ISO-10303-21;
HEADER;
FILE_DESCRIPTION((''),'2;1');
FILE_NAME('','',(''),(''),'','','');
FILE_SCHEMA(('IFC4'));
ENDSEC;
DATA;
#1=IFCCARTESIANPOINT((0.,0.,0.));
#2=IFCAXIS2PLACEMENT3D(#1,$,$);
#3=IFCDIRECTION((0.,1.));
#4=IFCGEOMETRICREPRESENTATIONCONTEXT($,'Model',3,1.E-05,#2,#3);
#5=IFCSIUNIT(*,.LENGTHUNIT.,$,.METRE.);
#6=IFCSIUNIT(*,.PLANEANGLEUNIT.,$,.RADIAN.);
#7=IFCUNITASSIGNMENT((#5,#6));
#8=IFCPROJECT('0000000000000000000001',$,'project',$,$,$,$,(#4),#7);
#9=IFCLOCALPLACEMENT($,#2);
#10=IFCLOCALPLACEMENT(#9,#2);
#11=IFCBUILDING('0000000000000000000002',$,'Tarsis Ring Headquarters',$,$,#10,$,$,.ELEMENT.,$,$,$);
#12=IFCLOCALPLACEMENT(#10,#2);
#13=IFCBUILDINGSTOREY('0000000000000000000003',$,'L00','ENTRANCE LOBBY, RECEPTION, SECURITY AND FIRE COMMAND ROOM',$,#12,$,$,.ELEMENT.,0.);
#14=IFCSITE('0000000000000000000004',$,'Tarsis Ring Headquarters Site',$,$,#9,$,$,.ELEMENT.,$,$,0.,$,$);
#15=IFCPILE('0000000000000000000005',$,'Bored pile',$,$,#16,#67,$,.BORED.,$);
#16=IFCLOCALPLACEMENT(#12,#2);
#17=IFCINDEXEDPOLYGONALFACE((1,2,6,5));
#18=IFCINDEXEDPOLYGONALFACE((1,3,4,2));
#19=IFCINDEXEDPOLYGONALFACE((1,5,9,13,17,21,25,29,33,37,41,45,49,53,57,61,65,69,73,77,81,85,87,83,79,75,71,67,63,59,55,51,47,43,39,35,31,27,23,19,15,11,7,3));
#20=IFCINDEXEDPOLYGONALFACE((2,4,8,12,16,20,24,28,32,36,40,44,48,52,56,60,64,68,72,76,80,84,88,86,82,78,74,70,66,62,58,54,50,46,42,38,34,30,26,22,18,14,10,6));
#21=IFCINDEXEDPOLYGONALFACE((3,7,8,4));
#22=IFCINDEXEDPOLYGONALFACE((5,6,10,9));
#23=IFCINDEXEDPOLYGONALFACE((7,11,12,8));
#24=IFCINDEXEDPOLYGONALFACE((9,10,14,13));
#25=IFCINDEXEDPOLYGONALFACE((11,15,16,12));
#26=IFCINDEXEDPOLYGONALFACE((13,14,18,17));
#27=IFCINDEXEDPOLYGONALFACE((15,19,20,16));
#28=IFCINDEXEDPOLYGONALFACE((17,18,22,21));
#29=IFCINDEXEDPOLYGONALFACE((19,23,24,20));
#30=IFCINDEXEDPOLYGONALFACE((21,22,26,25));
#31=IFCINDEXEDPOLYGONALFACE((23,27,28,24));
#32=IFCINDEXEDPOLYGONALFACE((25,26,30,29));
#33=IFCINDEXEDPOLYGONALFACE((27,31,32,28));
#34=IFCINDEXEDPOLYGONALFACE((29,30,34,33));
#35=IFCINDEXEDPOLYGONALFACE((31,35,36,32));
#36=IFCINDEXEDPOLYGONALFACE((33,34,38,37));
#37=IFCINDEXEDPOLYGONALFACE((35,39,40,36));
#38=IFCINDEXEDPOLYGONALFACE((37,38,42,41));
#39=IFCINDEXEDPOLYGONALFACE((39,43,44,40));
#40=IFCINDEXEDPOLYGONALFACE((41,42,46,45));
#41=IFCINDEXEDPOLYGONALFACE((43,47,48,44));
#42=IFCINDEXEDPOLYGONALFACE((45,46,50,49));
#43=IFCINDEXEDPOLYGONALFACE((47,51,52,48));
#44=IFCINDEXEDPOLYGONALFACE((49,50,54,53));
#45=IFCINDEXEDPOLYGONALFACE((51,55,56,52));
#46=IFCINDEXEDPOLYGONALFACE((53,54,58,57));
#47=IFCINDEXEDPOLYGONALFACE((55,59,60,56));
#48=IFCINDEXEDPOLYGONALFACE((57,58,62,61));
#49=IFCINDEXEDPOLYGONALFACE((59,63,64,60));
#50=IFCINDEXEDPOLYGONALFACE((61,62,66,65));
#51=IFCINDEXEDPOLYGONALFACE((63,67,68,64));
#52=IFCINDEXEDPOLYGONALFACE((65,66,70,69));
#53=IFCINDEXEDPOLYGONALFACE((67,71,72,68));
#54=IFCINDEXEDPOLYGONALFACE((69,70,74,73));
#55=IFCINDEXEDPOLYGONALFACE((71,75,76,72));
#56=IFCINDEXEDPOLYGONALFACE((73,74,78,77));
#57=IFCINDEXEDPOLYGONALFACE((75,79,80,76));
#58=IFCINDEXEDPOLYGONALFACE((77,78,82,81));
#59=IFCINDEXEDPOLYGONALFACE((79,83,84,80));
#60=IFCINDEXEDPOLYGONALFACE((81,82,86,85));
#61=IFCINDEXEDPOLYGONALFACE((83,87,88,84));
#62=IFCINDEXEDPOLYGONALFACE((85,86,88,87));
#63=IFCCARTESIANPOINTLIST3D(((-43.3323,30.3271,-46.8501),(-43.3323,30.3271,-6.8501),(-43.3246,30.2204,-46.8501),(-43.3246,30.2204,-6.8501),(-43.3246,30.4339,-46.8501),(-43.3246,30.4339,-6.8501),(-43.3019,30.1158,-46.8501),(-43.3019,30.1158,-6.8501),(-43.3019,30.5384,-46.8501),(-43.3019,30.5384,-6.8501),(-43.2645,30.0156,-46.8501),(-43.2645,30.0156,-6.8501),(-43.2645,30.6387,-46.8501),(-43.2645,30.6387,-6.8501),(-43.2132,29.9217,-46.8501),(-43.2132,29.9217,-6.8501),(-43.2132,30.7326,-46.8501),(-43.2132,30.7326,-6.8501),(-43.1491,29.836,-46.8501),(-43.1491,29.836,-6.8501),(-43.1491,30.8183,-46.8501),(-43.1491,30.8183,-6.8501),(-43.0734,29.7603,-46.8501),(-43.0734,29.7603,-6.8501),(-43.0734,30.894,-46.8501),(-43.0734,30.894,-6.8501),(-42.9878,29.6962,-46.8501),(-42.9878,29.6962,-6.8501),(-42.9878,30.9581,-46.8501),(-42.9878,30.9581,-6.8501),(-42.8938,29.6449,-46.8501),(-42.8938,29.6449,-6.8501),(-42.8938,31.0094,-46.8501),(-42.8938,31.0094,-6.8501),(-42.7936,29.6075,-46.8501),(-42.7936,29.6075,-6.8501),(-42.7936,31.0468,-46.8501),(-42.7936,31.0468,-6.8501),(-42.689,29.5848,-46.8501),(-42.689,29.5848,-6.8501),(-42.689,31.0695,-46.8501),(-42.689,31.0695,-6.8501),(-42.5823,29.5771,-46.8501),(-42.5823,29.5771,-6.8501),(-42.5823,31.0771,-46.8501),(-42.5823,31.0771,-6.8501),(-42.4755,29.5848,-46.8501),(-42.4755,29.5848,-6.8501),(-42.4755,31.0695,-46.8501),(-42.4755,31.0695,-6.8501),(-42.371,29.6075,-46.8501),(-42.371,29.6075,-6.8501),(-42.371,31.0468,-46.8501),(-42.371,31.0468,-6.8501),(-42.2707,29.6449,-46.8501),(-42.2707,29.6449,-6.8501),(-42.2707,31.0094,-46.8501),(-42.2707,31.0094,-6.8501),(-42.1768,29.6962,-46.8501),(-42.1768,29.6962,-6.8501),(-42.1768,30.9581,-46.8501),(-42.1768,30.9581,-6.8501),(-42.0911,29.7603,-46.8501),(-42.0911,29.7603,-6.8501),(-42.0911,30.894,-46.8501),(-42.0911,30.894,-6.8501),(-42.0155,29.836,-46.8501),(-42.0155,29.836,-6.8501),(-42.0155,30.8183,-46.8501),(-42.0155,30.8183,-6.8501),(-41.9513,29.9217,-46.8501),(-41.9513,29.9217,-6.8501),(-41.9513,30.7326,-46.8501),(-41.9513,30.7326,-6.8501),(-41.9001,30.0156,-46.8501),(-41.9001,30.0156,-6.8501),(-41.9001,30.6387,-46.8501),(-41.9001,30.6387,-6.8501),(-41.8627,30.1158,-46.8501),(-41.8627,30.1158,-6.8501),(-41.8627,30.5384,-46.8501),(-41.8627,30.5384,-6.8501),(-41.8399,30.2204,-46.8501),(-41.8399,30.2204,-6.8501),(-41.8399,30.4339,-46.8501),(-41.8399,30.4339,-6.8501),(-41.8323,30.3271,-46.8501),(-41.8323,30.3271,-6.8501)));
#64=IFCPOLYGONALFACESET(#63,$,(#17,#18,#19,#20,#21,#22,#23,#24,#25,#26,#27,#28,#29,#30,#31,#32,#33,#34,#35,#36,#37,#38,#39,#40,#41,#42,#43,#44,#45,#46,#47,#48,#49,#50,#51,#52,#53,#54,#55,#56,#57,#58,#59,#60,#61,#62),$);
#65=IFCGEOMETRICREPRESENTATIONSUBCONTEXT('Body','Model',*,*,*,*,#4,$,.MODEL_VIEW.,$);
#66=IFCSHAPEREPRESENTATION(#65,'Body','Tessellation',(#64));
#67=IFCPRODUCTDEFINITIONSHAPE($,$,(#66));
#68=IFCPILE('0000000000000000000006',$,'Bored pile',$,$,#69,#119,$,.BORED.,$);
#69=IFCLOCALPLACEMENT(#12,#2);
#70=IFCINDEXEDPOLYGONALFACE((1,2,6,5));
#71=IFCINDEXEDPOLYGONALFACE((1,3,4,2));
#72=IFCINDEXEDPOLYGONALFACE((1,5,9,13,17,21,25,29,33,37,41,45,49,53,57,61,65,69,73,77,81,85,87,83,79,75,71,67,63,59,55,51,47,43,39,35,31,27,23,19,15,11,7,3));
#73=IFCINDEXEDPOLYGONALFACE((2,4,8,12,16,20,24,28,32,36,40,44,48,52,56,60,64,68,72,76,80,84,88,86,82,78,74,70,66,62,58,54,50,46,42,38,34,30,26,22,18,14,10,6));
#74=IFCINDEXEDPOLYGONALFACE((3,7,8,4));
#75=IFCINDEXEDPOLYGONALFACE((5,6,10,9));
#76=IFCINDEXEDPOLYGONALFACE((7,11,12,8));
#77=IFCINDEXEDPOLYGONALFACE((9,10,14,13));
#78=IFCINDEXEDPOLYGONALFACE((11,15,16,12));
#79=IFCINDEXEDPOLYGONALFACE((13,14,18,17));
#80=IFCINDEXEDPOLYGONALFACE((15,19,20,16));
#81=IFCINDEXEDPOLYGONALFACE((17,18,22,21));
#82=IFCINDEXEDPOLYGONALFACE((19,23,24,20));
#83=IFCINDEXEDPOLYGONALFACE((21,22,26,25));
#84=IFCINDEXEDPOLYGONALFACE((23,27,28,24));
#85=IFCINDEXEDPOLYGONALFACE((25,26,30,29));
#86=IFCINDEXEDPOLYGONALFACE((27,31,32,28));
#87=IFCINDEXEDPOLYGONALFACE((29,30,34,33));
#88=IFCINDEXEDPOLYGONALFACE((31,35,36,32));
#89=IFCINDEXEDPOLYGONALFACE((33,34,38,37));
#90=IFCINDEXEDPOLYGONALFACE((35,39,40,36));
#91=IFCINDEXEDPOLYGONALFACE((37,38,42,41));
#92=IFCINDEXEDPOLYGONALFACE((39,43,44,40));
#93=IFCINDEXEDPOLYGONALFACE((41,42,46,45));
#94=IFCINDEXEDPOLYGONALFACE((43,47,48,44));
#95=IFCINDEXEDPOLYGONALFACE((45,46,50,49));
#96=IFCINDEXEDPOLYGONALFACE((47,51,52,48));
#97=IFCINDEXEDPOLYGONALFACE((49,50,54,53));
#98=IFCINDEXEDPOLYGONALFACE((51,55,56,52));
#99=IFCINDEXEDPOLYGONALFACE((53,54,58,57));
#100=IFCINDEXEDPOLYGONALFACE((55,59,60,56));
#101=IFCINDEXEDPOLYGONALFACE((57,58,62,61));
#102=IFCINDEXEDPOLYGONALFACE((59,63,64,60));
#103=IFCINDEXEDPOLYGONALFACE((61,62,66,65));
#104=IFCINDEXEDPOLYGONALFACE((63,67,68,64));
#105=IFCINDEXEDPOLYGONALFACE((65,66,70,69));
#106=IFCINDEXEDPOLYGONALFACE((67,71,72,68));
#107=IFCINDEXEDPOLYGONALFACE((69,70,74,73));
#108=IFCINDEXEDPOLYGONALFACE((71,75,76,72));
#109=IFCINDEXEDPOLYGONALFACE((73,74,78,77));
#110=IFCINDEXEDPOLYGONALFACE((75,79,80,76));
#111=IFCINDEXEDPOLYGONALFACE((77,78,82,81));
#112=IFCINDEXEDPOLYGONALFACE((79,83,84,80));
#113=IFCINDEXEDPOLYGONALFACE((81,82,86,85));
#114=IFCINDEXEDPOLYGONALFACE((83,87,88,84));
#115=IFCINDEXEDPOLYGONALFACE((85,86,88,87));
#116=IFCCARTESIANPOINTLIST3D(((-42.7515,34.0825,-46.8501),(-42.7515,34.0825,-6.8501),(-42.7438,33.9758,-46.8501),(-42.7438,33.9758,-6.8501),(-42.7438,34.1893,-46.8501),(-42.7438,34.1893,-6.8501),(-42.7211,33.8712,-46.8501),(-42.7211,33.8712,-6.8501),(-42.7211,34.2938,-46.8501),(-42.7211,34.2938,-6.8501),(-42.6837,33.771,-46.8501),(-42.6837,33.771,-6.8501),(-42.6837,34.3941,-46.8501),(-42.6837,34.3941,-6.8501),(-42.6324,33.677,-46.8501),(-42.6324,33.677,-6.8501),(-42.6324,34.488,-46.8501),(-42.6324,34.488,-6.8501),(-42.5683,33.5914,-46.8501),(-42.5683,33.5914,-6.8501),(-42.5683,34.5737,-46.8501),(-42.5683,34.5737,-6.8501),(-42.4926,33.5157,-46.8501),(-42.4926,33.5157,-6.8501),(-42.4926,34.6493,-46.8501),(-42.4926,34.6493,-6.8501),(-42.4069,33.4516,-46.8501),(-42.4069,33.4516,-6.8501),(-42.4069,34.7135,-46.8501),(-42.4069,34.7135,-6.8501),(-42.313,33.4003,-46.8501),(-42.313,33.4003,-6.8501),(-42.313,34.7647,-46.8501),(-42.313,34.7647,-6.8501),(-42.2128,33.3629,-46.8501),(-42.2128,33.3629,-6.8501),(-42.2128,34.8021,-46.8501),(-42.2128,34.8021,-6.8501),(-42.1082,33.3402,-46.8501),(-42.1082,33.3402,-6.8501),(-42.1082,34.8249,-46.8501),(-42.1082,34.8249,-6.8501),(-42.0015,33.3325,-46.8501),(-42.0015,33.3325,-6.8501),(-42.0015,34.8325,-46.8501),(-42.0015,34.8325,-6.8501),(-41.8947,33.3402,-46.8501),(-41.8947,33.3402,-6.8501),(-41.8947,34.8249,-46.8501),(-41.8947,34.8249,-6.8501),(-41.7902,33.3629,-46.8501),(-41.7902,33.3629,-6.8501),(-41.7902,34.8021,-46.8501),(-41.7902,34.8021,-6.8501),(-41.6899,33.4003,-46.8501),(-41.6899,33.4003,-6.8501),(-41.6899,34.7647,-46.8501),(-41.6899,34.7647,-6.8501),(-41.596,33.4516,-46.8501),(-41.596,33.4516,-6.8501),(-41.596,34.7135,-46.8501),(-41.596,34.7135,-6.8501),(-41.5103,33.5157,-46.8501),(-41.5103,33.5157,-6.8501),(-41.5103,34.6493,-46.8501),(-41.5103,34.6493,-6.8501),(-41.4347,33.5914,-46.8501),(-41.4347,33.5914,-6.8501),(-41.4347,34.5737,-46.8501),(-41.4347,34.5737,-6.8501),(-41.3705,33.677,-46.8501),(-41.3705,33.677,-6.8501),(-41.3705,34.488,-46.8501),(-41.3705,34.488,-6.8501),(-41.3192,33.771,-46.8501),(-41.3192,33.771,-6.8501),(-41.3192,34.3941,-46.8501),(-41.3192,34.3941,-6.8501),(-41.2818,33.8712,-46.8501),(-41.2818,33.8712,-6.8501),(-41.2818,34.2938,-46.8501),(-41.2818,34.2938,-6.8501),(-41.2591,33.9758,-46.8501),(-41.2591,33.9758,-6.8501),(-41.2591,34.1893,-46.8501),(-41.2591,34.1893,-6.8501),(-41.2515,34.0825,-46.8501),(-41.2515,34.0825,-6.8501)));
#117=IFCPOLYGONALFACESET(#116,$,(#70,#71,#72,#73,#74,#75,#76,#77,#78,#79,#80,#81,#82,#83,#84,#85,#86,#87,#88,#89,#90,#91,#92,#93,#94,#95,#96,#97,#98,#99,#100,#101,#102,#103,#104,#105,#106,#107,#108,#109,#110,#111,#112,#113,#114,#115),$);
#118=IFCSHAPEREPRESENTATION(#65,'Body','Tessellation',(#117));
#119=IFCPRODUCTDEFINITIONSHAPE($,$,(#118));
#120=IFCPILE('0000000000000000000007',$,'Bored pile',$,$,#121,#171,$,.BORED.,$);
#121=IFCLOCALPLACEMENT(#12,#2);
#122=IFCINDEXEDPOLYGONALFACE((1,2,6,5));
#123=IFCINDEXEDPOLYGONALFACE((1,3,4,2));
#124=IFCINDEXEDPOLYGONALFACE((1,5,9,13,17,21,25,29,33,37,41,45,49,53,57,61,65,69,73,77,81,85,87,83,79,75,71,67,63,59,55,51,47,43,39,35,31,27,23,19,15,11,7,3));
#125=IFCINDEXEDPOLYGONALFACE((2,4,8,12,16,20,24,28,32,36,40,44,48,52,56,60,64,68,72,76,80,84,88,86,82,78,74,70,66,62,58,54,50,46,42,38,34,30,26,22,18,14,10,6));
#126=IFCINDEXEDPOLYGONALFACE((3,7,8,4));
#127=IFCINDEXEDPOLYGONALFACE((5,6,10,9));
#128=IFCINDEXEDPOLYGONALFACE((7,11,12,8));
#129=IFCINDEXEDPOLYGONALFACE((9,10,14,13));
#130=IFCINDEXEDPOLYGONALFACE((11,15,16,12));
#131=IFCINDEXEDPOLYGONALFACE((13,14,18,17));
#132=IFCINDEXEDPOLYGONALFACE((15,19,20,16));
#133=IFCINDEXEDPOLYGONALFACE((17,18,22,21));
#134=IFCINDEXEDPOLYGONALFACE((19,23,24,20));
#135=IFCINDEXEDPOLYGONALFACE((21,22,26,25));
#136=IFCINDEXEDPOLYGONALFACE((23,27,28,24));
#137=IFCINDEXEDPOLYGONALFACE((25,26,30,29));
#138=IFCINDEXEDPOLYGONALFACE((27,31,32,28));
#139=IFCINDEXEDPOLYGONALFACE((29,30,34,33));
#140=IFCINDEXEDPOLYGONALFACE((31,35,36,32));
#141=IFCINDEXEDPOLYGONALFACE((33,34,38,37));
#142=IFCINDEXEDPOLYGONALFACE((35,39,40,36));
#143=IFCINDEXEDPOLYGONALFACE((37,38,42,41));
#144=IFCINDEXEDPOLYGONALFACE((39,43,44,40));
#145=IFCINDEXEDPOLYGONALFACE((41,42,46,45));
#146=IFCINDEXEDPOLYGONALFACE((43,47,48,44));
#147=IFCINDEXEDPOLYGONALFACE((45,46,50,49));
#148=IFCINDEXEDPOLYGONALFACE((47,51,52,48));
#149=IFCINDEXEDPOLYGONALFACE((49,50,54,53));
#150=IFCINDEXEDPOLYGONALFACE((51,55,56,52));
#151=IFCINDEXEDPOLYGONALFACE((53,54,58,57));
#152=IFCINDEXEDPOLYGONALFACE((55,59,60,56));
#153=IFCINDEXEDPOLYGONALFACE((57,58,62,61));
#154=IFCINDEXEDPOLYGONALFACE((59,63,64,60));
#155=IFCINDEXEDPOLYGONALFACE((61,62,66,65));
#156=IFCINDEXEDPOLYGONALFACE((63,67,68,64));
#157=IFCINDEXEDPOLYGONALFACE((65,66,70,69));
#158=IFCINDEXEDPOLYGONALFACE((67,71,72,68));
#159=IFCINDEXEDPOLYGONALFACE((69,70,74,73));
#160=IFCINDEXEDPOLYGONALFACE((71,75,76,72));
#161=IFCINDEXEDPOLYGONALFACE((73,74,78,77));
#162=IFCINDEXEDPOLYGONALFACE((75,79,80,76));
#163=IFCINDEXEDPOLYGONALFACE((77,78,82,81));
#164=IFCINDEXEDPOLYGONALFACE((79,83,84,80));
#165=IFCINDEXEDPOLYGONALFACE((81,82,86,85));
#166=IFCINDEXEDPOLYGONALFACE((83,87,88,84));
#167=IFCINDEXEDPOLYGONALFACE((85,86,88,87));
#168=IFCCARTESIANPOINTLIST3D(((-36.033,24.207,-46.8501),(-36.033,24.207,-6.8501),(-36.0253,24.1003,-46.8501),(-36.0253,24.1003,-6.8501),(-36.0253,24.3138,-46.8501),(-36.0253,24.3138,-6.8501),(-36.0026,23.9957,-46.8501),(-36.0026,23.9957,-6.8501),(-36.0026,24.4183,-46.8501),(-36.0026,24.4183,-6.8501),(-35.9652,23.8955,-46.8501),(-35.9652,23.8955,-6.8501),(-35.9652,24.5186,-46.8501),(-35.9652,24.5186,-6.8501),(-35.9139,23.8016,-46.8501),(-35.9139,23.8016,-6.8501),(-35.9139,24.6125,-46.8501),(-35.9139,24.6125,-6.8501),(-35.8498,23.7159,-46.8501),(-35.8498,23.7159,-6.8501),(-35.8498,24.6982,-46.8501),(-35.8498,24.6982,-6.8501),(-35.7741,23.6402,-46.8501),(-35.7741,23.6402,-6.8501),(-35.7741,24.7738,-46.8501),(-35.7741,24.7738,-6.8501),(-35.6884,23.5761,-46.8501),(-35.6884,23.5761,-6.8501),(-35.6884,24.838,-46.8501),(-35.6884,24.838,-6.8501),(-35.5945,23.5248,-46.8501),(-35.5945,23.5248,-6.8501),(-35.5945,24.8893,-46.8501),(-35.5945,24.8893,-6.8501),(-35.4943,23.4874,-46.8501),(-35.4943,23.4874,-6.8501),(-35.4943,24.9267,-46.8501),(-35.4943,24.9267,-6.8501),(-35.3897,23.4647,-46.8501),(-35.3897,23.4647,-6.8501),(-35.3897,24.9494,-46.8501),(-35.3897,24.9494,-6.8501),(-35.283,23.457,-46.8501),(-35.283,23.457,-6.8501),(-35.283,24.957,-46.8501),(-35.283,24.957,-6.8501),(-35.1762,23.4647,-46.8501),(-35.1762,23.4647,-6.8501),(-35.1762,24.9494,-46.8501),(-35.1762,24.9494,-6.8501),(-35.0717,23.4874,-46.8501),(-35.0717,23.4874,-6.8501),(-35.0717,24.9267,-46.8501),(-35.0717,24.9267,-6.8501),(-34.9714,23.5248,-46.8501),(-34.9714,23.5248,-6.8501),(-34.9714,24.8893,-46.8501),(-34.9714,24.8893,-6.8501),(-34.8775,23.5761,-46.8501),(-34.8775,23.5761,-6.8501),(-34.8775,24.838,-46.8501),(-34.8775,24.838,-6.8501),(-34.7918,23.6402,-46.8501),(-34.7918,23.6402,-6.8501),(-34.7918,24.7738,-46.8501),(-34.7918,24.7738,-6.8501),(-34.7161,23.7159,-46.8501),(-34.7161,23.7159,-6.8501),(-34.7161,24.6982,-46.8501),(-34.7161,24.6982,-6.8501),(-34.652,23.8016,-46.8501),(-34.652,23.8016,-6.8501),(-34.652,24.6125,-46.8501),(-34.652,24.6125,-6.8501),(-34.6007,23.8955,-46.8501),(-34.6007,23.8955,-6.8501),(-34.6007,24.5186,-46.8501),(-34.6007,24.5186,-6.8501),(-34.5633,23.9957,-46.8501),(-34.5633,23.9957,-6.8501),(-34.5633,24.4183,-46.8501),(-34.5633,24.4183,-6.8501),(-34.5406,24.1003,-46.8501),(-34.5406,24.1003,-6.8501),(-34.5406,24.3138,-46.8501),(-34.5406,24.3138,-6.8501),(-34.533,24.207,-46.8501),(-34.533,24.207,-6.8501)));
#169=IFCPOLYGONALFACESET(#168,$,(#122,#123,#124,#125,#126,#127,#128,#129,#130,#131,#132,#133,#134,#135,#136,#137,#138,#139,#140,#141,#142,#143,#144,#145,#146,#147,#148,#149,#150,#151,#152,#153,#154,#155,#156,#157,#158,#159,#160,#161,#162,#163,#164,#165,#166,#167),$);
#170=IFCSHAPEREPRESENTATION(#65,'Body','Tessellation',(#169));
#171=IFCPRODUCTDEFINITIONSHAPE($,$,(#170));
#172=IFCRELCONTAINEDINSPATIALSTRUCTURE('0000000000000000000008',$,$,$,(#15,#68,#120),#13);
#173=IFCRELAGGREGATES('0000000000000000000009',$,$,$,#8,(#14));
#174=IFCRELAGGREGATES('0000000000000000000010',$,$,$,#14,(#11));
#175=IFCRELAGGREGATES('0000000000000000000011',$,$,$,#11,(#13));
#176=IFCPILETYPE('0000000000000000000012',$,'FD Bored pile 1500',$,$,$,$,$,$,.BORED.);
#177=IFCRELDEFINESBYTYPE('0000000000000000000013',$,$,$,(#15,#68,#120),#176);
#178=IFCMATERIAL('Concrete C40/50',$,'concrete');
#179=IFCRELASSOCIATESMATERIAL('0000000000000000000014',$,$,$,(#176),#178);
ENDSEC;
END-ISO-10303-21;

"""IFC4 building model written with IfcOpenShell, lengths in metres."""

from ifc_helpers import new_model, si_unit, direction, frame, origin, origin_2d, place, context, subcontext, project, spatial, circle, extrude, material, material_profile, profile_set, type_object, element, save


model = new_model("IFC4")

# Units and contexts
model_context = context("Model", 3, precision=1e-05, world=origin(), true_north=direction((0.0, 1.0)))
body_context = subcontext(model_context, "Body", "Model", "MODEL_VIEW")
ifc_project = project(units=[si_unit("LENGTHUNIT", "METRE"), si_unit("PLANEANGLEUNIT", "RADIAN")], contexts=[model_context])

# Site, building, storey
site_placement = place(None, origin())
site = spatial("IfcSite", under=ifc_project, at=site_placement, Name="Tarsis Ring Headquarters Site", CompositionType="ELEMENT", RefElevation=0.0)
building_placement = place(site_placement, origin())
building = spatial("IfcBuilding", under=site, at=building_placement, Name="Tarsis Ring Headquarters", CompositionType="ELEMENT")
storey_placement = place(building_placement, origin())
storey = spatial("IfcBuildingStorey", under=building, at=storey_placement, Name="L00", Description="ENTRANCE LOBBY, RECEPTION, SECURITY AND FIRE COMMAND ROOM", CompositionType="ELEMENT", Elevation=0.0)

# Piles
ifc_material_1 = material(Name="Concrete C40/50", Category="concrete")
ifc_material_profile_1 = material_profile(ifc_material_1, circle(Radius=0.75, at=origin_2d()), Name="BORED 1500")
ifc_profile_set_1 = profile_set([ifc_material_profile_1], Name="Concrete C40/50")
pile_type_1 = type_object("IfcPileType", Name="FD Bored pile 1500", PredefinedType="BORED", material=ifc_profile_set_1)
for number, where, z_axis, x_axis, name in (
    (1, (-42.5823, 30.3271, -6.8501), (0.0, 0.0, -1.0), (1.0, 0.0, 0.0), "Bored pile"),
    (2, (-42.0015, 34.0825, -6.8501), (0.0, 0.0, -1.0), (1.0, 0.0, 0.0), "Bored pile"),
    (3, (-35.283, 24.207, -6.8501), (0.0, 0.0, -1.0), (1.0, 0.0, 0.0), "Bored pile"),
):
    element("IfcPile", number, at=place(storey_placement, frame(where, z_axis=z_axis, x_axis=x_axis)), inside=storey, type_object=pile_type_1, Name=name, PredefinedType="BORED", context=body_context, shape_type="SweptSolid", body=[
        extrude(circle(Radius=0.75, at=origin_2d()), origin(), (0.0, 0.0, 1.0), 40.0),
    ])

save(model, "model.ifc")
